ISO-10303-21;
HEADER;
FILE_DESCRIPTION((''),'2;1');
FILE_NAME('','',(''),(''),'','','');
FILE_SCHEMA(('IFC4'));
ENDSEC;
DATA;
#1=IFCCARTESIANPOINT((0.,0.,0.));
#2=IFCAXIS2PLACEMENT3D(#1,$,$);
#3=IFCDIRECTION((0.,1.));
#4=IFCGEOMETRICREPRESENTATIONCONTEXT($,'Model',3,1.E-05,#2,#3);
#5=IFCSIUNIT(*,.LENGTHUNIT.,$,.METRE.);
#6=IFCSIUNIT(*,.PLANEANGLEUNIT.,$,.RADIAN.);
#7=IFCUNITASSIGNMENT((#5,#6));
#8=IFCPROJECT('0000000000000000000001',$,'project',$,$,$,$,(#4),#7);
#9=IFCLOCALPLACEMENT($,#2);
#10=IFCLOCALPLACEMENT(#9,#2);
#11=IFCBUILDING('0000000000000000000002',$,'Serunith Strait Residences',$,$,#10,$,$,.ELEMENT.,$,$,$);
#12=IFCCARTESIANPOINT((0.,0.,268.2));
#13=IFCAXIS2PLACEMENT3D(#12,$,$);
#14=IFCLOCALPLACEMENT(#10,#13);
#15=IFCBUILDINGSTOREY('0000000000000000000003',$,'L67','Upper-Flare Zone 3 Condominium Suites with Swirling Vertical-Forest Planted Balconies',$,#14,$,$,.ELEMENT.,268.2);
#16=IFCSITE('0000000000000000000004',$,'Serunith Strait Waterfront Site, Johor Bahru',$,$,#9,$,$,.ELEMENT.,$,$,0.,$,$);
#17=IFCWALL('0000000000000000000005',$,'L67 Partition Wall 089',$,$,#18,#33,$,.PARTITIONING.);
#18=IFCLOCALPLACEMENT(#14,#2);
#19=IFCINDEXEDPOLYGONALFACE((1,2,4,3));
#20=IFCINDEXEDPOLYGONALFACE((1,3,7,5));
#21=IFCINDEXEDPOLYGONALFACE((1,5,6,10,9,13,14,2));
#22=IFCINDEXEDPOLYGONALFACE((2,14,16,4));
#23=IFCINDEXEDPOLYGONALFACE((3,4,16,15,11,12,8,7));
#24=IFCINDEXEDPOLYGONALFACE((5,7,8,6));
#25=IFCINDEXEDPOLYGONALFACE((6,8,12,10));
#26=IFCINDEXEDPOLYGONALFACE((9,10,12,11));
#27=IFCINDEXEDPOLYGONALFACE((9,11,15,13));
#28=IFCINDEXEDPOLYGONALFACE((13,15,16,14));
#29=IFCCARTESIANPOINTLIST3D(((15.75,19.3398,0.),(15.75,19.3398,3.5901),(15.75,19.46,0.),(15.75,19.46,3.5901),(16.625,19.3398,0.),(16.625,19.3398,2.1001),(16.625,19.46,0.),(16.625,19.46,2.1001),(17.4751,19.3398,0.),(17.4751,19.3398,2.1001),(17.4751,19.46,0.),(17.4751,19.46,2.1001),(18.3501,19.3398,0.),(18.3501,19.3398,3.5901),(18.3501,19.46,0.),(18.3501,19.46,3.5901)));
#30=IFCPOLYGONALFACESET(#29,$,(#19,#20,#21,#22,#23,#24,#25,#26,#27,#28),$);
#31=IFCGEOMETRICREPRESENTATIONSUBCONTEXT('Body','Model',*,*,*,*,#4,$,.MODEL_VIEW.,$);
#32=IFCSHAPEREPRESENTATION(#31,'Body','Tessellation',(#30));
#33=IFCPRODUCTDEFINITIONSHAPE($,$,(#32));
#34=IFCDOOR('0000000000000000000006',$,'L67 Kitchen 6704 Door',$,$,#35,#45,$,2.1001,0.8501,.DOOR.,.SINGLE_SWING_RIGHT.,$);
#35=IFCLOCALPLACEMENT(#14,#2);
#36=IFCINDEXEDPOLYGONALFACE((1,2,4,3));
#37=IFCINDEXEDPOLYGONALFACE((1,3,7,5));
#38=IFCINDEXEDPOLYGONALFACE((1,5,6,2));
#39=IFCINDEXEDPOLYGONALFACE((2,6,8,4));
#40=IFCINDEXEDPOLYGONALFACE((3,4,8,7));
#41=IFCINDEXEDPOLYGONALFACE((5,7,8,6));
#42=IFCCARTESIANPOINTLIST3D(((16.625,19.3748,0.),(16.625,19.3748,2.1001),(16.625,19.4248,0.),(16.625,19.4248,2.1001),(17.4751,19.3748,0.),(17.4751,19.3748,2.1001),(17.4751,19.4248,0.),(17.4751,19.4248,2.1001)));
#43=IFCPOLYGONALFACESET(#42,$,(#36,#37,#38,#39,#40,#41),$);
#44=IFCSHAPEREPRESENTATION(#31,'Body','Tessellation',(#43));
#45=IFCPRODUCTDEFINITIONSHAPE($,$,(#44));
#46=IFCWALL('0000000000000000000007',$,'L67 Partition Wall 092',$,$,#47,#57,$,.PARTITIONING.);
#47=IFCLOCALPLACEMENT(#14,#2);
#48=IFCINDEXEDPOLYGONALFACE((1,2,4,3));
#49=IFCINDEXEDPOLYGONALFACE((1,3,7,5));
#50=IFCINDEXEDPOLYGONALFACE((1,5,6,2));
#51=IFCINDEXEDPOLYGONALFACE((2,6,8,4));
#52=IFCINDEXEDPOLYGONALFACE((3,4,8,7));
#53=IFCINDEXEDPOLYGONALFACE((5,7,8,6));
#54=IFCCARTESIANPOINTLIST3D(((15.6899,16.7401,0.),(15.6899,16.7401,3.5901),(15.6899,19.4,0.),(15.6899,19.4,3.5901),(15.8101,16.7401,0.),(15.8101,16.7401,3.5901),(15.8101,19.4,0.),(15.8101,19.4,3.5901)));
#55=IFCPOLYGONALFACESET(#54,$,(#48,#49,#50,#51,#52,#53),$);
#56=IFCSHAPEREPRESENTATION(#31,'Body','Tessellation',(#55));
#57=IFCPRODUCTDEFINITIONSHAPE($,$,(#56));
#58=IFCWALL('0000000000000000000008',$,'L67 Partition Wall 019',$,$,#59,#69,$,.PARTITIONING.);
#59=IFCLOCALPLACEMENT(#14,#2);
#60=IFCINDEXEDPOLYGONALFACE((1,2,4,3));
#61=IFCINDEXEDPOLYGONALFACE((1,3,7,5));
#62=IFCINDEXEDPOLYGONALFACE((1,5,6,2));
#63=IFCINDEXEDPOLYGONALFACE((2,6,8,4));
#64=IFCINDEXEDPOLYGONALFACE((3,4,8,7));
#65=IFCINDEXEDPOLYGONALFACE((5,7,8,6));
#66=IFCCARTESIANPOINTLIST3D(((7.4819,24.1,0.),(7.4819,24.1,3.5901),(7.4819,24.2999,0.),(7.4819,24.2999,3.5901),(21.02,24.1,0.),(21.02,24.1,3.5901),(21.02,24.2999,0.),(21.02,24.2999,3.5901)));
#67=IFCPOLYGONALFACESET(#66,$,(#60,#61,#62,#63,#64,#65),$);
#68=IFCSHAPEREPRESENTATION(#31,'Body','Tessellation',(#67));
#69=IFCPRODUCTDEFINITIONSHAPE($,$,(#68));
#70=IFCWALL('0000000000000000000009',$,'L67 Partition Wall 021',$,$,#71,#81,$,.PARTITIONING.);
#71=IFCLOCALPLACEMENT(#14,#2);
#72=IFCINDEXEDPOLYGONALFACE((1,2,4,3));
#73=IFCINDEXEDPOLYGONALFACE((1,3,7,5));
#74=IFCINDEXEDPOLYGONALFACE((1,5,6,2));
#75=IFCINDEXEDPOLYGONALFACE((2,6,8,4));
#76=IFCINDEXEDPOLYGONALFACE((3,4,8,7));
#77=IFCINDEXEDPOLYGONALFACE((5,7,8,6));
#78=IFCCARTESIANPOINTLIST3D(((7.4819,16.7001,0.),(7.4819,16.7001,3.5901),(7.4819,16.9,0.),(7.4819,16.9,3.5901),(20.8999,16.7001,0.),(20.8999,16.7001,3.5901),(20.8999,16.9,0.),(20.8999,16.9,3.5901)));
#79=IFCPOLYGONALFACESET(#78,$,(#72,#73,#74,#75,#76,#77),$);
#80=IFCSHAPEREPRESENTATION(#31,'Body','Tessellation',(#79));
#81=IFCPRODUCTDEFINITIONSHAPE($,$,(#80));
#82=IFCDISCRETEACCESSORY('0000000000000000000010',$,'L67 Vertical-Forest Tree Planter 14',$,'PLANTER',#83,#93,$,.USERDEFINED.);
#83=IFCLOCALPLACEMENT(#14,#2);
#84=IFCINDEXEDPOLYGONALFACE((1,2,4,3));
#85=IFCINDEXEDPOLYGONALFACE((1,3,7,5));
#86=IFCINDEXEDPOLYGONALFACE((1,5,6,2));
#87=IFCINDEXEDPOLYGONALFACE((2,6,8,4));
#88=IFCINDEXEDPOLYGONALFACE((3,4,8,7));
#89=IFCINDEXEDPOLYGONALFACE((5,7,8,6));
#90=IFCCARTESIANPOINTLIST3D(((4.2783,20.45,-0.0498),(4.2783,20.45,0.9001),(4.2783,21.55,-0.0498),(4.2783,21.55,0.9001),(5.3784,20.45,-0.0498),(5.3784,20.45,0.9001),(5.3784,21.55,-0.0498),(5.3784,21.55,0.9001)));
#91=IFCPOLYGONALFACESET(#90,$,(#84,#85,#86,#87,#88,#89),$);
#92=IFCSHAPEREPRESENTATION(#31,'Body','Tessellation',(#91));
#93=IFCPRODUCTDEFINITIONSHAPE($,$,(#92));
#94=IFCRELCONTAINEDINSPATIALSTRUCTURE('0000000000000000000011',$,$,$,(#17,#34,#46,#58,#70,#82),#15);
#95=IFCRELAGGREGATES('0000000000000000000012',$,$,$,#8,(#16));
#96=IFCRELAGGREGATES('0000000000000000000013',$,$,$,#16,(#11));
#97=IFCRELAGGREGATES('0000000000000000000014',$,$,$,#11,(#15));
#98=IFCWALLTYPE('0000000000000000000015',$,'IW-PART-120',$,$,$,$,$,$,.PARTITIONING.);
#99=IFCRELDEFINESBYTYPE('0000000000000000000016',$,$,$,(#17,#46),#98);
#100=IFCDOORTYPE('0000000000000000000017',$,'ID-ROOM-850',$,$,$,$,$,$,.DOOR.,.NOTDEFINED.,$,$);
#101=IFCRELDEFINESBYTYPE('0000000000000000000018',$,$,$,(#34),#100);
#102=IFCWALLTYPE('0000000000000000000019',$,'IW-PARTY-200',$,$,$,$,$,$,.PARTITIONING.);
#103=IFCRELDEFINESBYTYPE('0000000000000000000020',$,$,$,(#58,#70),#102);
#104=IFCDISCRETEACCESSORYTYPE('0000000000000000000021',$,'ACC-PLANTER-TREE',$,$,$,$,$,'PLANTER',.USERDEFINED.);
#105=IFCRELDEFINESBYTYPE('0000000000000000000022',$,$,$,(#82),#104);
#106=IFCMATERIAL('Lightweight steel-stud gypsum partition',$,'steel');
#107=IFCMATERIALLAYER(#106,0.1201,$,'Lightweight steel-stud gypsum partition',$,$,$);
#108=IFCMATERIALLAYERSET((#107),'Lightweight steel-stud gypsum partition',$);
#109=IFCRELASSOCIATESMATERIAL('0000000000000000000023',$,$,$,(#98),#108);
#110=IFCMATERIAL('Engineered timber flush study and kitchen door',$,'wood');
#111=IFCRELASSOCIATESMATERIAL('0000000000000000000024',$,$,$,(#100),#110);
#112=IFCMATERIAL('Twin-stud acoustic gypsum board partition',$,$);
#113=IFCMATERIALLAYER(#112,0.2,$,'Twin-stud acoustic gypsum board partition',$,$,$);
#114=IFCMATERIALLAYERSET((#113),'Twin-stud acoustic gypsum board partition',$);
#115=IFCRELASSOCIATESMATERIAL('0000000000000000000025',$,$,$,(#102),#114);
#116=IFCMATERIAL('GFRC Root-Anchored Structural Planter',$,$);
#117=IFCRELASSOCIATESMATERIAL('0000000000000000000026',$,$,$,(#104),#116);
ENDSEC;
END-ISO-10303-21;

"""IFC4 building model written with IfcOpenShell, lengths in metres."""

from ifc_helpers import new_model, si_unit, direction, frame, frame_2d, origin, origin_2d, place, context, subcontext, project, spatial, rectangle, extrude, source, transform, mapped, material, layer, layer_set, type_object, element, fill, save


model = new_model("IFC4")

# Units and contexts
model_context = context("Model", 3, precision=1e-05, world=origin(), true_north=direction((0.0, 1.0)))
body_context = subcontext(model_context, "Body", "Model", "MODEL_VIEW")
ifc_project = project(units=[si_unit("LENGTHUNIT", "METRE"), si_unit("PLANEANGLEUNIT", "RADIAN")], contexts=[model_context])

# Site, building, storey
site_placement = place(None, origin())
site = spatial("IfcSite", under=ifc_project, at=site_placement, Name="Serunith Strait Waterfront Site, Johor Bahru", CompositionType="ELEMENT", RefElevation=0.0)
building_placement = place(site_placement, origin())
building = spatial("IfcBuilding", under=site, at=building_placement, Name="Serunith Strait Residences", CompositionType="ELEMENT")
storey_placement = place(building_placement, frame((0.0, 0.0, 268.2)))
storey = spatial("IfcBuildingStorey", under=building, at=storey_placement, Name="L67", Description="Upper-Flare Zone 3 Condominium Suites with Swirling Vertical-Forest Planted Balconies", CompositionType="ELEMENT", Elevation=268.2)

# Shared definitions
ifc_material_1 = material(Name="Lightweight steel-stud gypsum partition", Category="steel")
ifc_layer_1 = layer(ifc_material_1, 0.1201, Name="Lightweight steel-stud gypsum partition")
ifc_layer_set_1 = layer_set([ifc_layer_1], Name="Lightweight steel-stud gypsum partition")
wall_type_1 = type_object("IfcWallType", Name="IW-PART-120", PredefinedType="PARTITIONING", material=ifc_layer_set_1)

# Wall, opening, door
wall_1_placement = place(storey_placement, frame((15.75, 19.3999, 0.0), z_axis=(0.0, 0.0, 1.0), x_axis=(1.0, 0.0, 0.0)))
wall_1 = element("IfcWall", 1, at=wall_1_placement, inside=storey, type_object=wall_type_1, Name="L67 Partition Wall 089", PredefinedType="PARTITIONING", context=body_context, shape_type="SweptSolid", body=[
    extrude(rectangle(XDim=2.6001, YDim=0.1201, at=frame_2d((1.3, 0.0))), origin(), (0.0, 0.0, 1.0), 3.5901),
])
opening_1_placement = place(wall_1_placement, frame((0.875, 0.0, 0.0)))
opening_1 = element("IfcOpeningElement", 2, at=opening_1_placement, cuts=wall_1, PredefinedType="OPENING", context=body_context, shape_type="SweptSolid", body=[
    extrude(rectangle(XDim=0.8501, YDim=2.1001, at=frame_2d((0.425, 1.05))), frame((0.0, 0.0701, 0.0), z_axis=(0.0, -1.0, 0.0), x_axis=(1.0, 0.0, 0.0)), (0.0, 0.0, 1.0), 0.1401),
])
ifc_material_2 = material(Name="Engineered timber flush study and kitchen door", Category="wood")
door_type_1 = type_object("IfcDoorType", Name="ID-ROOM-850", OperationType="NOTDEFINED", PredefinedType="DOOR", material=ifc_material_2)
shared_shape_1 = source(origin(), body_context, "Body", "SweptSolid", [
    extrude(rectangle(XDim=0.8501, YDim=2.1001, at=frame_2d((0.425, 1.05))), frame((0.0, 0.0249, 0.0), z_axis=(0.0, -1.0, 0.0), x_axis=(1.0, 0.0, 0.0)), (0.0, 0.0, 1.0), 0.05),
])
door_1_placement = place(opening_1_placement, origin())
door_1 = element("IfcDoor", 3, at=door_1_placement, inside=storey, type_object=door_type_1, Name="L67 Kitchen 6704 Door", OperationType="SINGLE_SWING_RIGHT", OverallHeight=2.1001, OverallWidth=0.8501, PredefinedType="DOOR", context=body_context, shape_type="MappedRepresentation", body=[
    mapped(shared_shape_1, transform((0.0, 0.0, 0.0), scale=1.0)),
])
fill(opening_1, door_1)

# Walls
wall_2_placement = place(storey_placement, frame((15.75, 16.74, 0.0), z_axis=(0.0, 0.0, 1.0), x_axis=(0.0, 1.0, 0.0)))
element("IfcWall", 4, at=wall_2_placement, inside=storey, type_object=wall_type_1, Name="L67 Partition Wall 092", PredefinedType="PARTITIONING", context=body_context, shape_type="SweptSolid", body=[
    extrude(rectangle(XDim=2.6599, YDim=0.1201, at=frame_2d((1.3301, 0.0))), origin(), (0.0, 0.0, 1.0), 3.5901),
])
ifc_material_3 = material(Name="Twin-stud acoustic gypsum board partition")
ifc_layer_2 = layer(ifc_material_3, 0.2, Name="Twin-stud acoustic gypsum board partition")
ifc_layer_set_2 = layer_set([ifc_layer_2], Name="Twin-stud acoustic gypsum board partition")
wall_type_2 = type_object("IfcWallType", Name="IW-PARTY-200", PredefinedType="PARTITIONING", material=ifc_layer_set_2)
wall_3_placement = place(storey_placement, frame((7.4819, 24.2, 0.0), z_axis=(0.0, 0.0, 1.0), x_axis=(1.0, 0.0, 0.0)))
element("IfcWall", 5, at=wall_3_placement, inside=storey, type_object=wall_type_2, Name="L67 Partition Wall 019", PredefinedType="PARTITIONING", context=body_context, shape_type="SweptSolid", body=[
    extrude(rectangle(XDim=13.5381, YDim=0.2, at=frame_2d((6.769, 0.0))), origin(), (0.0, 0.0, 1.0), 3.5901),
])
wall_4_placement = place(storey_placement, frame((7.4819, 16.8, 0.0), z_axis=(0.0, 0.0, 1.0), x_axis=(1.0, 0.0, 0.0)))
element("IfcWall", 6, at=wall_4_placement, inside=storey, type_object=wall_type_2, Name="L67 Partition Wall 021", PredefinedType="PARTITIONING", context=body_context, shape_type="SweptSolid", body=[
    extrude(rectangle(XDim=13.418, YDim=0.2, at=frame_2d((6.709, 0.0))), origin(), (0.0, 0.0, 1.0), 3.5901),
])

# Discrete accessory
ifc_material_4 = material(Name="GFRC Root-Anchored Structural Planter")
discrete_accessory_type = type_object("IfcDiscreteAccessoryType", Name="ACC-PLANTER-TREE", ElementType="PLANTER", PredefinedType="USERDEFINED", material=ifc_material_4)
shared_shape_2 = source(origin(), body_context, "Body", "SweptSolid", [
    extrude(rectangle(XDim=1.1001, YDim=1.1001, at=origin_2d()), origin(), (0.0, 0.0, 1.0), 0.95),
])
discrete_accessory_placement = place(storey_placement, frame((4.8284, 21.0, -0.0498), z_axis=(0.0, 0.0, 1.0), x_axis=(0.0, -1.0, 0.0)))
element("IfcDiscreteAccessory", 7, at=discrete_accessory_placement, inside=storey, type_object=discrete_accessory_type, Name="L67 Vertical-Forest Tree Planter 14", ObjectType="PLANTER", PredefinedType="USERDEFINED", context=body_context, shape_type="MappedRepresentation", body=[
    mapped(shared_shape_2, transform((0.0, 0.0, 0.0), scale=1.0)),
])

save(model, "model.ifc")
